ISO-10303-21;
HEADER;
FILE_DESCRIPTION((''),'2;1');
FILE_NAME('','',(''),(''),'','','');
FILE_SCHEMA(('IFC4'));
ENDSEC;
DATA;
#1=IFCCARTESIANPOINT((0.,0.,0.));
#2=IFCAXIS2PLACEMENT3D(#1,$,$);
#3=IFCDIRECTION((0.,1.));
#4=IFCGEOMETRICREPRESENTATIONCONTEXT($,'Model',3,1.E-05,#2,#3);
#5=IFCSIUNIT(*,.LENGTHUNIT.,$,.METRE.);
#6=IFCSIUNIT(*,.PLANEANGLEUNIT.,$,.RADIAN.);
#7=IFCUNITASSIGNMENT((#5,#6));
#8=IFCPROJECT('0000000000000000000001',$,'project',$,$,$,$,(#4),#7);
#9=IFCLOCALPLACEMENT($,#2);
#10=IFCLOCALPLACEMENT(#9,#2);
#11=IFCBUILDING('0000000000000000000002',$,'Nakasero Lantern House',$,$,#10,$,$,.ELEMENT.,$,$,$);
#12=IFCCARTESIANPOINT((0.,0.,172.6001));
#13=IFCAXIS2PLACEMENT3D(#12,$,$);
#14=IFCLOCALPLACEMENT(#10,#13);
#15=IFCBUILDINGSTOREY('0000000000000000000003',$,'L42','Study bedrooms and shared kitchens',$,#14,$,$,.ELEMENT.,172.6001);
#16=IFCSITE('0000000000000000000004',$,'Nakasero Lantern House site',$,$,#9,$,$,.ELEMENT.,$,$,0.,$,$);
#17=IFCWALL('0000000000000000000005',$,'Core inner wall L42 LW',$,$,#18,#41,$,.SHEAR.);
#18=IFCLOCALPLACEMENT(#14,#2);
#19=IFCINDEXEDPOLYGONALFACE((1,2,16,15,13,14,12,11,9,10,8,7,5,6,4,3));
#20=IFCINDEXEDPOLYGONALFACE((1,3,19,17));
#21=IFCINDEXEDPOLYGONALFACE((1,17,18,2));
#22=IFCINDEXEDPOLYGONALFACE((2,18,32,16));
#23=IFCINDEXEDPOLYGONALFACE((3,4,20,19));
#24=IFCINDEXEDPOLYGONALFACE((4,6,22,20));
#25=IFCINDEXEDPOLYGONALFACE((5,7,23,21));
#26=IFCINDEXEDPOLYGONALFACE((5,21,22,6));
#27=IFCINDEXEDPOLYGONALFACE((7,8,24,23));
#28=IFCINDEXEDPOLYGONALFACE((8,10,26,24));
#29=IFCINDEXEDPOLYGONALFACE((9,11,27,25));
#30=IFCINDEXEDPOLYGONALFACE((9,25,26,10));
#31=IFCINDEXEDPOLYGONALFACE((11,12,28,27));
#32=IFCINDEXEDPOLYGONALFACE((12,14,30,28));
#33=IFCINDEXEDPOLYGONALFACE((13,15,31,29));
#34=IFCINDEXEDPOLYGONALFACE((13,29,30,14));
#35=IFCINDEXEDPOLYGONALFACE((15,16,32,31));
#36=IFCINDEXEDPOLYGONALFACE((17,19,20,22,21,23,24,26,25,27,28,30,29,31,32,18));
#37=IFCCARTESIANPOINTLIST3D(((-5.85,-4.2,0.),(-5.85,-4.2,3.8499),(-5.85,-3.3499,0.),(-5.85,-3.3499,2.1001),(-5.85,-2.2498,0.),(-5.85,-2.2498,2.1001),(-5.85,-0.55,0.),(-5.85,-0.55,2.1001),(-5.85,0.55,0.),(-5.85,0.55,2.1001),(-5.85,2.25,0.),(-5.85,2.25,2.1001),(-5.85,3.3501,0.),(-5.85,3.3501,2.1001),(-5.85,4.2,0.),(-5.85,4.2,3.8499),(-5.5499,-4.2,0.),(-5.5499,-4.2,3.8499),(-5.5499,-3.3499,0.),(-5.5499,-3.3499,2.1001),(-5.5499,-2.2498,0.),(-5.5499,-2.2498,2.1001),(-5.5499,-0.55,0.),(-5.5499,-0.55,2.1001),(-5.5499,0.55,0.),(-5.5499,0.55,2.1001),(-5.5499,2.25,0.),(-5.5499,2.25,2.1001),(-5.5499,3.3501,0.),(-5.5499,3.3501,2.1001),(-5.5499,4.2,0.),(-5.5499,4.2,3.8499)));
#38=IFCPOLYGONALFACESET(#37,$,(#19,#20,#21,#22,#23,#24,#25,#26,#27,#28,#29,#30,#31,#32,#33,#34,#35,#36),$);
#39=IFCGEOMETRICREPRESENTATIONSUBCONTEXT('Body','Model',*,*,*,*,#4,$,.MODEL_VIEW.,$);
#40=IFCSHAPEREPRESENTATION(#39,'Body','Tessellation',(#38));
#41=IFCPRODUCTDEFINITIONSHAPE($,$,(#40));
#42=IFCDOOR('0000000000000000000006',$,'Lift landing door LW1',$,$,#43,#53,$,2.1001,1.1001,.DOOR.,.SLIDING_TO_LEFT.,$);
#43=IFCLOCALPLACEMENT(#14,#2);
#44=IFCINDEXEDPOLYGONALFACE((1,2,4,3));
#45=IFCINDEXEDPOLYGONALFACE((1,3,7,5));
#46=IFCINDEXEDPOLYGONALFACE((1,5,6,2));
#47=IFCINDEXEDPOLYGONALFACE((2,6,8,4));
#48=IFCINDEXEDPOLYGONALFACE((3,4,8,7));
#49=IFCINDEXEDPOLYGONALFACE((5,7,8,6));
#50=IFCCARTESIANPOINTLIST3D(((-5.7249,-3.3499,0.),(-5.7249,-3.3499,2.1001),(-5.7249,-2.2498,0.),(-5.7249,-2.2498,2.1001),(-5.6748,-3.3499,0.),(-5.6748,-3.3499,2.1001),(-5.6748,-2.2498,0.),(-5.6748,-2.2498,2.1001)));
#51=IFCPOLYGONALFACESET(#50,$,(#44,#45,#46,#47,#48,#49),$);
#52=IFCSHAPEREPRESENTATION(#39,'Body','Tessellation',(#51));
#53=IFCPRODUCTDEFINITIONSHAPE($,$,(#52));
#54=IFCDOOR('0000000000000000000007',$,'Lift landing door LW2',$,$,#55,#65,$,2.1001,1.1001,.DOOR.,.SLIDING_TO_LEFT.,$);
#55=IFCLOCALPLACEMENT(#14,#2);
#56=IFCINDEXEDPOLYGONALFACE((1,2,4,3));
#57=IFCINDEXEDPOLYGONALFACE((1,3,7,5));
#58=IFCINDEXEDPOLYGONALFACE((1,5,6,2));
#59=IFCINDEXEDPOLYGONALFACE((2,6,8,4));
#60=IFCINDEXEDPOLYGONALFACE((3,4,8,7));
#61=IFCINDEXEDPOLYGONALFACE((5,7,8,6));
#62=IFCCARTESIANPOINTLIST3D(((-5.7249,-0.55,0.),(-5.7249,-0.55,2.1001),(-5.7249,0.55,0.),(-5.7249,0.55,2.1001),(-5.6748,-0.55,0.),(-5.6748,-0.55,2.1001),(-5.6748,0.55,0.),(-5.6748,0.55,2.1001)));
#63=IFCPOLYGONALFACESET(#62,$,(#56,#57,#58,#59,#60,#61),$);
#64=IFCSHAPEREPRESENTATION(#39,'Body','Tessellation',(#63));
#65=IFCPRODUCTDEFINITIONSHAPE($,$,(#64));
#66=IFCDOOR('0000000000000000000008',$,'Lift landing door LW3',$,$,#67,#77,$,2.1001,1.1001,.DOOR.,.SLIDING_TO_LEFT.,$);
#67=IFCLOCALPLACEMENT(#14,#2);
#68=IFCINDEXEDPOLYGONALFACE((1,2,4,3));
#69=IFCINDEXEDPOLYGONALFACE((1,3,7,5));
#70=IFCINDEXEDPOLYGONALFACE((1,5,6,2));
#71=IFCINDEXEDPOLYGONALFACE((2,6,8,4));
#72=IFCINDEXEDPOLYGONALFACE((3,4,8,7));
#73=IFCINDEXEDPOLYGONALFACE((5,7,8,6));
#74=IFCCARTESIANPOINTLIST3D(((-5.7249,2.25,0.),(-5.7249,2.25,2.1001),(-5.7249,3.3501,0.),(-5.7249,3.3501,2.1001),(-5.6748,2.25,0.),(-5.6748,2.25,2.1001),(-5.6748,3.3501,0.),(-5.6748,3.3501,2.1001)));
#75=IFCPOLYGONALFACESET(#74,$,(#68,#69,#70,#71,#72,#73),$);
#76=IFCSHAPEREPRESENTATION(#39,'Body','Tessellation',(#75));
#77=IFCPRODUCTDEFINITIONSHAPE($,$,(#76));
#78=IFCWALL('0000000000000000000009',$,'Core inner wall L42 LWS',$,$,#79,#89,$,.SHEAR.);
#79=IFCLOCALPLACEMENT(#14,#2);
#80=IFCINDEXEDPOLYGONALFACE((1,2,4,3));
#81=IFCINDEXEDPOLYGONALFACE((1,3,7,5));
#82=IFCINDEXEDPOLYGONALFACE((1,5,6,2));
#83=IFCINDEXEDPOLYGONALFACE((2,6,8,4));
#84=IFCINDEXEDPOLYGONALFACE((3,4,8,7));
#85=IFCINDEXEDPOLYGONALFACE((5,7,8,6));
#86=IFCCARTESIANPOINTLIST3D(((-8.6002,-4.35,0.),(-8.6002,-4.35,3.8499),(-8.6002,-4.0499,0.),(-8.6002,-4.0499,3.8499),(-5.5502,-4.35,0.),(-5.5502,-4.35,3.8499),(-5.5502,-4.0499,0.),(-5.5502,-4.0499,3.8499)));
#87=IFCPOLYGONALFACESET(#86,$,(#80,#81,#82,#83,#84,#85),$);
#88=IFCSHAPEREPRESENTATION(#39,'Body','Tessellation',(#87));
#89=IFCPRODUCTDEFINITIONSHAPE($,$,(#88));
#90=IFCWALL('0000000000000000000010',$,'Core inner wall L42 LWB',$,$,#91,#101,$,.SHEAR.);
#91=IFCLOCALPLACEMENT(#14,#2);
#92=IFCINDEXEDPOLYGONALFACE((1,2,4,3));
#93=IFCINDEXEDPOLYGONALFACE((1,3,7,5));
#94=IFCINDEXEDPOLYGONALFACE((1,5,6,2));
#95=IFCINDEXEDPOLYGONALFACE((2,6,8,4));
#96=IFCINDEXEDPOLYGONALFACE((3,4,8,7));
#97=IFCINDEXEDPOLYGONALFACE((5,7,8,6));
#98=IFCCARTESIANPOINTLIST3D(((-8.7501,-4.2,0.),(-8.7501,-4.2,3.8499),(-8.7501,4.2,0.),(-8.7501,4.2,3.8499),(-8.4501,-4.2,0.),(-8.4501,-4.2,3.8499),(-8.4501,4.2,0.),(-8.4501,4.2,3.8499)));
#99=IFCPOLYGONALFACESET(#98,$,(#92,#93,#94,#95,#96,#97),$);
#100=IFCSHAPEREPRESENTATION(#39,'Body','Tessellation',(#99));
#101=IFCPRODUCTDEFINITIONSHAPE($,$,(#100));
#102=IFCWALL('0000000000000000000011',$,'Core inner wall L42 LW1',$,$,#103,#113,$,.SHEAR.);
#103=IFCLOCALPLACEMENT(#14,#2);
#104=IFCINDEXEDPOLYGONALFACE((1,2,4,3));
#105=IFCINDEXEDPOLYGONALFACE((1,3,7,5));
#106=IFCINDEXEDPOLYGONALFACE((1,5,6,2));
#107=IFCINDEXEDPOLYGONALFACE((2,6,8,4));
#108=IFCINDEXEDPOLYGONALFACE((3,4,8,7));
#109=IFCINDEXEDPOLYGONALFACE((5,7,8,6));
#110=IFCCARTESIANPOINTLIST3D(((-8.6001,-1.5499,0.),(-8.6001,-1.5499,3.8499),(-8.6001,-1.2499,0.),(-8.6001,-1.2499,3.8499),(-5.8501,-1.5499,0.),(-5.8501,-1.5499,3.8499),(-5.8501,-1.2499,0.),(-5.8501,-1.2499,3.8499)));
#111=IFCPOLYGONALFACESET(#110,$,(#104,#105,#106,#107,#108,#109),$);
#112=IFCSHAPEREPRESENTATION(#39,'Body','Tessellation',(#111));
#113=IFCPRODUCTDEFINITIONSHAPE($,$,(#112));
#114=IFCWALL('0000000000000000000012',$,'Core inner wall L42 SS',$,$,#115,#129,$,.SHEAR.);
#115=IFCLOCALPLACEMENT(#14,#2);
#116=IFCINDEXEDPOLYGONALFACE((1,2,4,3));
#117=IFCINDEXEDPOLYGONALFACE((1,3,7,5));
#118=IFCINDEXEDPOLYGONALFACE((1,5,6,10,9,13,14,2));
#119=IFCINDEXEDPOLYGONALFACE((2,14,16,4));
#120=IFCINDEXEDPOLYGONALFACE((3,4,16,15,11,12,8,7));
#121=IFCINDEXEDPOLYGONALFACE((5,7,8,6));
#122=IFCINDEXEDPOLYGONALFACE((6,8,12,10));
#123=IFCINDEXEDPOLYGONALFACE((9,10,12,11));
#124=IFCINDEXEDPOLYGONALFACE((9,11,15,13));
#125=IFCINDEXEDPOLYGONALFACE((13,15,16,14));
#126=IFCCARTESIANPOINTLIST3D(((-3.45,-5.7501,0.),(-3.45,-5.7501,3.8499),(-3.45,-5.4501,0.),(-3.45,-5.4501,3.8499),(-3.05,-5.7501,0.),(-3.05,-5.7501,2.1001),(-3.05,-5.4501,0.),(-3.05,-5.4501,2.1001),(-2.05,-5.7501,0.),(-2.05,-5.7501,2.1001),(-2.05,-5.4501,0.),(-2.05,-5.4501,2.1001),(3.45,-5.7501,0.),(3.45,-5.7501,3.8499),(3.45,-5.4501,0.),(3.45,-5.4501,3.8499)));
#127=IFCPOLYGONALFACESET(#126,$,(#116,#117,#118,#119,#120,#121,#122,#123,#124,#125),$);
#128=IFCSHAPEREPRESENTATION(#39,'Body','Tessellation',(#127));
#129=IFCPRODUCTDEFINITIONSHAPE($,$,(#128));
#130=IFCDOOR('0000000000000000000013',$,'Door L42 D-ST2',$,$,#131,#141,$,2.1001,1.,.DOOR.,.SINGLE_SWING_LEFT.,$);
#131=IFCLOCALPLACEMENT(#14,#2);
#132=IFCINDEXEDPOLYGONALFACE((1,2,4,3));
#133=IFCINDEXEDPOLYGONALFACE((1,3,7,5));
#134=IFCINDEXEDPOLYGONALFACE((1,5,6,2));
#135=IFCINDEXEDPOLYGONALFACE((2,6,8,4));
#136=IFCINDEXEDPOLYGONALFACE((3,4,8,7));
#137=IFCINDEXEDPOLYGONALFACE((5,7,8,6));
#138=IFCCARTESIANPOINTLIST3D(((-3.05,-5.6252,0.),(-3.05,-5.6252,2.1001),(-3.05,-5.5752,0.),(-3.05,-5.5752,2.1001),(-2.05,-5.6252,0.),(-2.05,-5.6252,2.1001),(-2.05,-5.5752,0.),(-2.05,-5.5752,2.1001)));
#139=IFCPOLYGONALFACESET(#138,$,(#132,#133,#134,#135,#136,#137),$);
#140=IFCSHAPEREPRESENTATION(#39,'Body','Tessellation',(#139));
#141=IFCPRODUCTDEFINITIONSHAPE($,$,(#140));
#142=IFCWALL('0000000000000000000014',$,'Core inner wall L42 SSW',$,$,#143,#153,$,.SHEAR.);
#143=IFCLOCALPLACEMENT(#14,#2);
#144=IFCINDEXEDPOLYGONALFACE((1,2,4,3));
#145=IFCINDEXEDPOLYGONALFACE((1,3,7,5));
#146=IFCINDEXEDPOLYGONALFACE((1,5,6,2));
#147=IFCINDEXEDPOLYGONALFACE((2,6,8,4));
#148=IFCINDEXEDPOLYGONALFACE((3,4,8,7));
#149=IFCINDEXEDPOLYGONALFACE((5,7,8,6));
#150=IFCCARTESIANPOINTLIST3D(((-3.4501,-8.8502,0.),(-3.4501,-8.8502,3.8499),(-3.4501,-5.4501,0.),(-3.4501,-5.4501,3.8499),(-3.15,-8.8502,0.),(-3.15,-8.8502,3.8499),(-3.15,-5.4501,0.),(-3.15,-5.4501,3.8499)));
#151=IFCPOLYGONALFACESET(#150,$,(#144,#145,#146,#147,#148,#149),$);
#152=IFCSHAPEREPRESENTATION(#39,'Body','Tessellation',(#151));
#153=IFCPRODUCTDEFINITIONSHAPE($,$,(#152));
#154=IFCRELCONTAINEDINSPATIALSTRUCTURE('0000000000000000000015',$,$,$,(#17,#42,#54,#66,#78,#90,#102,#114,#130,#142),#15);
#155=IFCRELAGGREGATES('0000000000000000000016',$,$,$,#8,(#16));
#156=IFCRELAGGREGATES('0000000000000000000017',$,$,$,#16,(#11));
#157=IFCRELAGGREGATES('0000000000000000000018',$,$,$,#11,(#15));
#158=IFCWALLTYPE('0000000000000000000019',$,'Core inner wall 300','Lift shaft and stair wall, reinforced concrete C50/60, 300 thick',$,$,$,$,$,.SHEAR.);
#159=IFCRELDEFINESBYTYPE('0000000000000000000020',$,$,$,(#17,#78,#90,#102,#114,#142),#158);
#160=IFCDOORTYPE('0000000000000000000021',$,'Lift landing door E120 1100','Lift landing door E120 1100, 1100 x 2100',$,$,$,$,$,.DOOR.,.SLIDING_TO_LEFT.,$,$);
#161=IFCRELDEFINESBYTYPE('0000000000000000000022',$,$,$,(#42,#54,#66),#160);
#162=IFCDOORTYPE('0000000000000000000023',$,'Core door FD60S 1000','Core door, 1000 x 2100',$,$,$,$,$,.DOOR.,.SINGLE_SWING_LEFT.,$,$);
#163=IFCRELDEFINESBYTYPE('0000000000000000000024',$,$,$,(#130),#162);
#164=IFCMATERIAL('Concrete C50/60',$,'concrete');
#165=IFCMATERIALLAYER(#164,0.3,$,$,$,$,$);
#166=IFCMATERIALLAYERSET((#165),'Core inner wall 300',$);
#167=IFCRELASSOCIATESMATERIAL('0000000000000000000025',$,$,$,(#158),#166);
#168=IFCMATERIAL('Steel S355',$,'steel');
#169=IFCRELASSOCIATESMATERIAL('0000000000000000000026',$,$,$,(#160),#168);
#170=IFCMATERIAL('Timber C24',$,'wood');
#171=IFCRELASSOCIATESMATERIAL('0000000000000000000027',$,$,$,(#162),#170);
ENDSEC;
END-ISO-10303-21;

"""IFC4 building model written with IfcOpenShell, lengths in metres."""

from ifc_helpers import new_model, si_unit, direction, frame, frame_2d, origin, place, context, subcontext, project, spatial, rectangle, extrude, material, layer, layer_set, type_object, element, fill, save


model = new_model("IFC4")

# Units and contexts
model_context = context("Model", 3, precision=1e-05, world=origin(), true_north=direction((0.0, 1.0)))
body_context = subcontext(model_context, "Body", "Model", "MODEL_VIEW")
ifc_project = project(units=[si_unit("LENGTHUNIT", "METRE"), si_unit("PLANEANGLEUNIT", "RADIAN")], contexts=[model_context])

# Site, building, storey
site_placement = place(None, origin())
site = spatial("IfcSite", under=ifc_project, at=site_placement, Name="Nakasero Lantern House site", CompositionType="ELEMENT", RefElevation=0.0)
building_placement = place(site_placement, origin())
building = spatial("IfcBuilding", under=site, at=building_placement, Name="Nakasero Lantern House", CompositionType="ELEMENT")
storey_placement = place(building_placement, frame((0.0, 0.0, 172.6001)))
storey = spatial("IfcBuildingStorey", under=building, at=storey_placement, Name="L42", Description="Study bedrooms and shared kitchens", CompositionType="ELEMENT", Elevation=172.6001)

# Wall, openings, doors
ifc_material_1 = material(Name="Concrete C50/60", Category="concrete")
ifc_layer_1 = layer(ifc_material_1, 0.3)
ifc_layer_set_1 = layer_set([ifc_layer_1], Name="Core inner wall 300")
wall_type_1 = type_object("IfcWallType", Name="Core inner wall 300", Description="Lift shaft and stair wall, reinforced concrete C50/60, 300 thick", PredefinedType="SHEAR", material=ifc_layer_set_1)
wall_1_placement = place(storey_placement, frame((-5.7, -4.2, 0.0), z_axis=(0.0, 0.0, 1.0), x_axis=(0.0, 1.0, 0.0)))
wall_1 = element("IfcWall", 1, at=wall_1_placement, inside=storey, type_object=wall_type_1, Name="Core inner wall L42 LW", PredefinedType="SHEAR", context=body_context, shape_type="SweptSolid", body=[
    extrude(rectangle(XDim=8.3999, YDim=0.3, at=frame_2d((4.2, 0.0))), origin(), (0.0, 0.0, 1.0), 3.8499),
])
opening_1_placement = place(wall_1_placement, frame((0.8501, 0.0, 0.0)))
opening_1 = element("IfcOpeningElement", 2, at=opening_1_placement, cuts=wall_1, PredefinedType="OPENING", context=body_context, shape_type="SweptSolid", body=[
    extrude(rectangle(XDim=1.1001, YDim=2.1001, at=frame_2d((0.55, 1.05))), frame((0.0, 0.1699, 0.0), z_axis=(0.0, -1.0, 0.0), x_axis=(1.0, 0.0, 0.0)), (0.0, 0.0, 1.0), 0.3401),
])
opening_2_placement = place(wall_1_placement, frame((3.6499, 0.0, 0.0)))
opening_2 = element("IfcOpeningElement", 3, at=opening_2_placement, cuts=wall_1, PredefinedType="OPENING", context=body_context, shape_type="SweptSolid", body=[
    extrude(rectangle(XDim=1.1001, YDim=2.1001, at=frame_2d((0.55, 1.05))), frame((0.0, 0.1699, 0.0), z_axis=(0.0, -1.0, 0.0), x_axis=(1.0, 0.0, 0.0)), (0.0, 0.0, 1.0), 0.3401),
])
opening_3_placement = place(wall_1_placement, frame((6.45, 0.0, 0.0)))
opening_3 = element("IfcOpeningElement", 4, at=opening_3_placement, cuts=wall_1, PredefinedType="OPENING", context=body_context, shape_type="SweptSolid", body=[
    extrude(rectangle(XDim=1.1001, YDim=2.1001, at=frame_2d((0.55, 1.05))), frame((0.0, 0.1699, 0.0), z_axis=(0.0, -1.0, 0.0), x_axis=(1.0, 0.0, 0.0)), (0.0, 0.0, 1.0), 0.3401),
])
ifc_material_2 = material(Name="Steel S355", Category="steel")
door_type_1 = type_object("IfcDoorType", Name="Lift landing door E120 1100", Description="Lift landing door E120 1100, 1100 x 2100", OperationType="SLIDING_TO_LEFT", PredefinedType="DOOR", material=ifc_material_2)
door_1_placement = place(opening_1_placement, origin())
door_1 = element("IfcDoor", 5, at=door_1_placement, inside=storey, type_object=door_type_1, Name="Lift landing door LW1", OperationType="SLIDING_TO_LEFT", OverallHeight=2.1001, OverallWidth=1.1001, PredefinedType="DOOR", context=body_context, shape_type="SweptSolid", body=[
    extrude(rectangle(XDim=1.1001, YDim=2.1001, at=frame_2d((0.55, 1.05))), frame((0.0, 0.0249, 0.0), z_axis=(0.0, -1.0, 0.0), x_axis=(1.0, 0.0, 0.0)), (0.0, 0.0, 1.0), 0.05),
])
fill(opening_1, door_1)
door_2_placement = place(opening_2_placement, origin())
door_2 = element("IfcDoor", 6, at=door_2_placement, inside=storey, type_object=door_type_1, Name="Lift landing door LW2", OperationType="SLIDING_TO_LEFT", OverallHeight=2.1001, OverallWidth=1.1001, PredefinedType="DOOR", context=body_context, shape_type="SweptSolid", body=[
    extrude(rectangle(XDim=1.1001, YDim=2.1001, at=frame_2d((0.55, 1.05))), frame((0.0, 0.0249, 0.0), z_axis=(0.0, -1.0, 0.0), x_axis=(1.0, 0.0, 0.0)), (0.0, 0.0, 1.0), 0.05),
])
fill(opening_2, door_2)
door_3_placement = place(opening_3_placement, origin())
door_3 = element("IfcDoor", 7, at=door_3_placement, inside=storey, type_object=door_type_1, Name="Lift landing door LW3", OperationType="SLIDING_TO_LEFT", OverallHeight=2.1001, OverallWidth=1.1001, PredefinedType="DOOR", context=body_context, shape_type="SweptSolid", body=[
    extrude(rectangle(XDim=1.1001, YDim=2.1001, at=frame_2d((0.55, 1.05))), frame((0.0, 0.0249, 0.0), z_axis=(0.0, -1.0, 0.0), x_axis=(1.0, 0.0, 0.0)), (0.0, 0.0, 1.0), 0.05),
])
fill(opening_3, door_3)

# Walls
wall_2_placement = place(storey_placement, frame((-8.6001, -4.2, 0.0), z_axis=(0.0, 0.0, 1.0), x_axis=(1.0, 0.0, 0.0)))
element("IfcWall", 8, at=wall_2_placement, inside=storey, type_object=wall_type_1, Name="Core inner wall L42 LWS", PredefinedType="SHEAR", context=body_context, shape_type="SweptSolid", body=[
    extrude(rectangle(XDim=3.05, YDim=0.3, at=frame_2d((1.5249, 0.0))), origin(), (0.0, 0.0, 1.0), 3.8499),
])
wall_3_placement = place(storey_placement, frame((-8.6001, -4.2, 0.0), z_axis=(0.0, 0.0, 1.0), x_axis=(0.0, 1.0, 0.0)))
element("IfcWall", 9, at=wall_3_placement, inside=storey, type_object=wall_type_1, Name="Core inner wall L42 LWB", PredefinedType="SHEAR", context=body_context, shape_type="SweptSolid", body=[
    extrude(rectangle(XDim=8.3999, YDim=0.3, at=frame_2d((4.2, 0.0))), origin(), (0.0, 0.0, 1.0), 3.8499),
])
wall_4_placement = place(storey_placement, frame((-8.6001, -1.3999, 0.0), z_axis=(0.0, 0.0, 1.0), x_axis=(1.0, 0.0, 0.0)))
element("IfcWall", 10, at=wall_4_placement, inside=storey, type_object=wall_type_1, Name="Core inner wall L42 LW1", PredefinedType="SHEAR", context=body_context, shape_type="SweptSolid", body=[
    extrude(rectangle(XDim=2.75, YDim=0.3, at=frame_2d((1.375, 0.0))), origin(), (0.0, 0.0, 1.0), 3.8499),
])

# Wall, opening, door
wall_5_placement = place(storey_placement, frame((-3.45, -5.6001, 0.0), z_axis=(0.0, 0.0, 1.0), x_axis=(1.0, 0.0, 0.0)))
wall_5 = element("IfcWall", 11, at=wall_5_placement, inside=storey, type_object=wall_type_1, Name="Core inner wall L42 SS", PredefinedType="SHEAR", context=body_context, shape_type="SweptSolid", body=[
    extrude(rectangle(XDim=6.8999, YDim=0.3, at=frame_2d((3.45, 0.0))), origin(), (0.0, 0.0, 1.0), 3.8499),
])
opening_4_placement = place(wall_5_placement, frame((0.3999, 0.0, 0.0)))
opening_4 = element("IfcOpeningElement", 12, at=opening_4_placement, cuts=wall_5, PredefinedType="OPENING", context=body_context, shape_type="SweptSolid", body=[
    extrude(rectangle(XDim=1.0, YDim=2.1001, at=frame_2d((0.5, 1.05))), frame((0.0, 0.1699, 0.0), z_axis=(0.0, -1.0, 0.0), x_axis=(1.0, 0.0, 0.0)), (0.0, 0.0, 1.0), 0.3401),
])
ifc_material_3 = material(Name="Timber C24", Category="wood")
door_type_2 = type_object("IfcDoorType", Name="Core door FD60S 1000", Description="Core door, 1000 x 2100", OperationType="SINGLE_SWING_LEFT", PredefinedType="DOOR", material=ifc_material_3)
door_4_placement = place(opening_4_placement, origin())
door_4 = element("IfcDoor", 13, at=door_4_placement, inside=storey, type_object=door_type_2, Name="Door L42 D-ST2", OperationType="SINGLE_SWING_LEFT", OverallHeight=2.1001, OverallWidth=1.0, PredefinedType="DOOR", context=body_context, shape_type="SweptSolid", body=[
    extrude(rectangle(XDim=1.0, YDim=2.1001, at=frame_2d((0.5, 1.05))), frame((0.0, 0.0249, 0.0), z_axis=(0.0, -1.0, 0.0), x_axis=(1.0, 0.0, 0.0)), (0.0, 0.0, 1.0), 0.05),
])
fill(opening_4, door_4)

# Wall
wall_6_placement = place(storey_placement, frame((-3.3, -5.45, 0.0), z_axis=(0.0, 0.0, 1.0), x_axis=(0.0, -1.0, 0.0)))
element("IfcWall", 14, at=wall_6_placement, inside=storey, type_object=wall_type_1, Name="Core inner wall L42 SSW", PredefinedType="SHEAR", context=body_context, shape_type="SweptSolid", body=[
    extrude(rectangle(XDim=3.4001, YDim=0.3, at=frame_2d((1.7002, 0.0))), origin(), (0.0, 0.0, 1.0), 3.8499),
])

save(model, "model.ifc")
